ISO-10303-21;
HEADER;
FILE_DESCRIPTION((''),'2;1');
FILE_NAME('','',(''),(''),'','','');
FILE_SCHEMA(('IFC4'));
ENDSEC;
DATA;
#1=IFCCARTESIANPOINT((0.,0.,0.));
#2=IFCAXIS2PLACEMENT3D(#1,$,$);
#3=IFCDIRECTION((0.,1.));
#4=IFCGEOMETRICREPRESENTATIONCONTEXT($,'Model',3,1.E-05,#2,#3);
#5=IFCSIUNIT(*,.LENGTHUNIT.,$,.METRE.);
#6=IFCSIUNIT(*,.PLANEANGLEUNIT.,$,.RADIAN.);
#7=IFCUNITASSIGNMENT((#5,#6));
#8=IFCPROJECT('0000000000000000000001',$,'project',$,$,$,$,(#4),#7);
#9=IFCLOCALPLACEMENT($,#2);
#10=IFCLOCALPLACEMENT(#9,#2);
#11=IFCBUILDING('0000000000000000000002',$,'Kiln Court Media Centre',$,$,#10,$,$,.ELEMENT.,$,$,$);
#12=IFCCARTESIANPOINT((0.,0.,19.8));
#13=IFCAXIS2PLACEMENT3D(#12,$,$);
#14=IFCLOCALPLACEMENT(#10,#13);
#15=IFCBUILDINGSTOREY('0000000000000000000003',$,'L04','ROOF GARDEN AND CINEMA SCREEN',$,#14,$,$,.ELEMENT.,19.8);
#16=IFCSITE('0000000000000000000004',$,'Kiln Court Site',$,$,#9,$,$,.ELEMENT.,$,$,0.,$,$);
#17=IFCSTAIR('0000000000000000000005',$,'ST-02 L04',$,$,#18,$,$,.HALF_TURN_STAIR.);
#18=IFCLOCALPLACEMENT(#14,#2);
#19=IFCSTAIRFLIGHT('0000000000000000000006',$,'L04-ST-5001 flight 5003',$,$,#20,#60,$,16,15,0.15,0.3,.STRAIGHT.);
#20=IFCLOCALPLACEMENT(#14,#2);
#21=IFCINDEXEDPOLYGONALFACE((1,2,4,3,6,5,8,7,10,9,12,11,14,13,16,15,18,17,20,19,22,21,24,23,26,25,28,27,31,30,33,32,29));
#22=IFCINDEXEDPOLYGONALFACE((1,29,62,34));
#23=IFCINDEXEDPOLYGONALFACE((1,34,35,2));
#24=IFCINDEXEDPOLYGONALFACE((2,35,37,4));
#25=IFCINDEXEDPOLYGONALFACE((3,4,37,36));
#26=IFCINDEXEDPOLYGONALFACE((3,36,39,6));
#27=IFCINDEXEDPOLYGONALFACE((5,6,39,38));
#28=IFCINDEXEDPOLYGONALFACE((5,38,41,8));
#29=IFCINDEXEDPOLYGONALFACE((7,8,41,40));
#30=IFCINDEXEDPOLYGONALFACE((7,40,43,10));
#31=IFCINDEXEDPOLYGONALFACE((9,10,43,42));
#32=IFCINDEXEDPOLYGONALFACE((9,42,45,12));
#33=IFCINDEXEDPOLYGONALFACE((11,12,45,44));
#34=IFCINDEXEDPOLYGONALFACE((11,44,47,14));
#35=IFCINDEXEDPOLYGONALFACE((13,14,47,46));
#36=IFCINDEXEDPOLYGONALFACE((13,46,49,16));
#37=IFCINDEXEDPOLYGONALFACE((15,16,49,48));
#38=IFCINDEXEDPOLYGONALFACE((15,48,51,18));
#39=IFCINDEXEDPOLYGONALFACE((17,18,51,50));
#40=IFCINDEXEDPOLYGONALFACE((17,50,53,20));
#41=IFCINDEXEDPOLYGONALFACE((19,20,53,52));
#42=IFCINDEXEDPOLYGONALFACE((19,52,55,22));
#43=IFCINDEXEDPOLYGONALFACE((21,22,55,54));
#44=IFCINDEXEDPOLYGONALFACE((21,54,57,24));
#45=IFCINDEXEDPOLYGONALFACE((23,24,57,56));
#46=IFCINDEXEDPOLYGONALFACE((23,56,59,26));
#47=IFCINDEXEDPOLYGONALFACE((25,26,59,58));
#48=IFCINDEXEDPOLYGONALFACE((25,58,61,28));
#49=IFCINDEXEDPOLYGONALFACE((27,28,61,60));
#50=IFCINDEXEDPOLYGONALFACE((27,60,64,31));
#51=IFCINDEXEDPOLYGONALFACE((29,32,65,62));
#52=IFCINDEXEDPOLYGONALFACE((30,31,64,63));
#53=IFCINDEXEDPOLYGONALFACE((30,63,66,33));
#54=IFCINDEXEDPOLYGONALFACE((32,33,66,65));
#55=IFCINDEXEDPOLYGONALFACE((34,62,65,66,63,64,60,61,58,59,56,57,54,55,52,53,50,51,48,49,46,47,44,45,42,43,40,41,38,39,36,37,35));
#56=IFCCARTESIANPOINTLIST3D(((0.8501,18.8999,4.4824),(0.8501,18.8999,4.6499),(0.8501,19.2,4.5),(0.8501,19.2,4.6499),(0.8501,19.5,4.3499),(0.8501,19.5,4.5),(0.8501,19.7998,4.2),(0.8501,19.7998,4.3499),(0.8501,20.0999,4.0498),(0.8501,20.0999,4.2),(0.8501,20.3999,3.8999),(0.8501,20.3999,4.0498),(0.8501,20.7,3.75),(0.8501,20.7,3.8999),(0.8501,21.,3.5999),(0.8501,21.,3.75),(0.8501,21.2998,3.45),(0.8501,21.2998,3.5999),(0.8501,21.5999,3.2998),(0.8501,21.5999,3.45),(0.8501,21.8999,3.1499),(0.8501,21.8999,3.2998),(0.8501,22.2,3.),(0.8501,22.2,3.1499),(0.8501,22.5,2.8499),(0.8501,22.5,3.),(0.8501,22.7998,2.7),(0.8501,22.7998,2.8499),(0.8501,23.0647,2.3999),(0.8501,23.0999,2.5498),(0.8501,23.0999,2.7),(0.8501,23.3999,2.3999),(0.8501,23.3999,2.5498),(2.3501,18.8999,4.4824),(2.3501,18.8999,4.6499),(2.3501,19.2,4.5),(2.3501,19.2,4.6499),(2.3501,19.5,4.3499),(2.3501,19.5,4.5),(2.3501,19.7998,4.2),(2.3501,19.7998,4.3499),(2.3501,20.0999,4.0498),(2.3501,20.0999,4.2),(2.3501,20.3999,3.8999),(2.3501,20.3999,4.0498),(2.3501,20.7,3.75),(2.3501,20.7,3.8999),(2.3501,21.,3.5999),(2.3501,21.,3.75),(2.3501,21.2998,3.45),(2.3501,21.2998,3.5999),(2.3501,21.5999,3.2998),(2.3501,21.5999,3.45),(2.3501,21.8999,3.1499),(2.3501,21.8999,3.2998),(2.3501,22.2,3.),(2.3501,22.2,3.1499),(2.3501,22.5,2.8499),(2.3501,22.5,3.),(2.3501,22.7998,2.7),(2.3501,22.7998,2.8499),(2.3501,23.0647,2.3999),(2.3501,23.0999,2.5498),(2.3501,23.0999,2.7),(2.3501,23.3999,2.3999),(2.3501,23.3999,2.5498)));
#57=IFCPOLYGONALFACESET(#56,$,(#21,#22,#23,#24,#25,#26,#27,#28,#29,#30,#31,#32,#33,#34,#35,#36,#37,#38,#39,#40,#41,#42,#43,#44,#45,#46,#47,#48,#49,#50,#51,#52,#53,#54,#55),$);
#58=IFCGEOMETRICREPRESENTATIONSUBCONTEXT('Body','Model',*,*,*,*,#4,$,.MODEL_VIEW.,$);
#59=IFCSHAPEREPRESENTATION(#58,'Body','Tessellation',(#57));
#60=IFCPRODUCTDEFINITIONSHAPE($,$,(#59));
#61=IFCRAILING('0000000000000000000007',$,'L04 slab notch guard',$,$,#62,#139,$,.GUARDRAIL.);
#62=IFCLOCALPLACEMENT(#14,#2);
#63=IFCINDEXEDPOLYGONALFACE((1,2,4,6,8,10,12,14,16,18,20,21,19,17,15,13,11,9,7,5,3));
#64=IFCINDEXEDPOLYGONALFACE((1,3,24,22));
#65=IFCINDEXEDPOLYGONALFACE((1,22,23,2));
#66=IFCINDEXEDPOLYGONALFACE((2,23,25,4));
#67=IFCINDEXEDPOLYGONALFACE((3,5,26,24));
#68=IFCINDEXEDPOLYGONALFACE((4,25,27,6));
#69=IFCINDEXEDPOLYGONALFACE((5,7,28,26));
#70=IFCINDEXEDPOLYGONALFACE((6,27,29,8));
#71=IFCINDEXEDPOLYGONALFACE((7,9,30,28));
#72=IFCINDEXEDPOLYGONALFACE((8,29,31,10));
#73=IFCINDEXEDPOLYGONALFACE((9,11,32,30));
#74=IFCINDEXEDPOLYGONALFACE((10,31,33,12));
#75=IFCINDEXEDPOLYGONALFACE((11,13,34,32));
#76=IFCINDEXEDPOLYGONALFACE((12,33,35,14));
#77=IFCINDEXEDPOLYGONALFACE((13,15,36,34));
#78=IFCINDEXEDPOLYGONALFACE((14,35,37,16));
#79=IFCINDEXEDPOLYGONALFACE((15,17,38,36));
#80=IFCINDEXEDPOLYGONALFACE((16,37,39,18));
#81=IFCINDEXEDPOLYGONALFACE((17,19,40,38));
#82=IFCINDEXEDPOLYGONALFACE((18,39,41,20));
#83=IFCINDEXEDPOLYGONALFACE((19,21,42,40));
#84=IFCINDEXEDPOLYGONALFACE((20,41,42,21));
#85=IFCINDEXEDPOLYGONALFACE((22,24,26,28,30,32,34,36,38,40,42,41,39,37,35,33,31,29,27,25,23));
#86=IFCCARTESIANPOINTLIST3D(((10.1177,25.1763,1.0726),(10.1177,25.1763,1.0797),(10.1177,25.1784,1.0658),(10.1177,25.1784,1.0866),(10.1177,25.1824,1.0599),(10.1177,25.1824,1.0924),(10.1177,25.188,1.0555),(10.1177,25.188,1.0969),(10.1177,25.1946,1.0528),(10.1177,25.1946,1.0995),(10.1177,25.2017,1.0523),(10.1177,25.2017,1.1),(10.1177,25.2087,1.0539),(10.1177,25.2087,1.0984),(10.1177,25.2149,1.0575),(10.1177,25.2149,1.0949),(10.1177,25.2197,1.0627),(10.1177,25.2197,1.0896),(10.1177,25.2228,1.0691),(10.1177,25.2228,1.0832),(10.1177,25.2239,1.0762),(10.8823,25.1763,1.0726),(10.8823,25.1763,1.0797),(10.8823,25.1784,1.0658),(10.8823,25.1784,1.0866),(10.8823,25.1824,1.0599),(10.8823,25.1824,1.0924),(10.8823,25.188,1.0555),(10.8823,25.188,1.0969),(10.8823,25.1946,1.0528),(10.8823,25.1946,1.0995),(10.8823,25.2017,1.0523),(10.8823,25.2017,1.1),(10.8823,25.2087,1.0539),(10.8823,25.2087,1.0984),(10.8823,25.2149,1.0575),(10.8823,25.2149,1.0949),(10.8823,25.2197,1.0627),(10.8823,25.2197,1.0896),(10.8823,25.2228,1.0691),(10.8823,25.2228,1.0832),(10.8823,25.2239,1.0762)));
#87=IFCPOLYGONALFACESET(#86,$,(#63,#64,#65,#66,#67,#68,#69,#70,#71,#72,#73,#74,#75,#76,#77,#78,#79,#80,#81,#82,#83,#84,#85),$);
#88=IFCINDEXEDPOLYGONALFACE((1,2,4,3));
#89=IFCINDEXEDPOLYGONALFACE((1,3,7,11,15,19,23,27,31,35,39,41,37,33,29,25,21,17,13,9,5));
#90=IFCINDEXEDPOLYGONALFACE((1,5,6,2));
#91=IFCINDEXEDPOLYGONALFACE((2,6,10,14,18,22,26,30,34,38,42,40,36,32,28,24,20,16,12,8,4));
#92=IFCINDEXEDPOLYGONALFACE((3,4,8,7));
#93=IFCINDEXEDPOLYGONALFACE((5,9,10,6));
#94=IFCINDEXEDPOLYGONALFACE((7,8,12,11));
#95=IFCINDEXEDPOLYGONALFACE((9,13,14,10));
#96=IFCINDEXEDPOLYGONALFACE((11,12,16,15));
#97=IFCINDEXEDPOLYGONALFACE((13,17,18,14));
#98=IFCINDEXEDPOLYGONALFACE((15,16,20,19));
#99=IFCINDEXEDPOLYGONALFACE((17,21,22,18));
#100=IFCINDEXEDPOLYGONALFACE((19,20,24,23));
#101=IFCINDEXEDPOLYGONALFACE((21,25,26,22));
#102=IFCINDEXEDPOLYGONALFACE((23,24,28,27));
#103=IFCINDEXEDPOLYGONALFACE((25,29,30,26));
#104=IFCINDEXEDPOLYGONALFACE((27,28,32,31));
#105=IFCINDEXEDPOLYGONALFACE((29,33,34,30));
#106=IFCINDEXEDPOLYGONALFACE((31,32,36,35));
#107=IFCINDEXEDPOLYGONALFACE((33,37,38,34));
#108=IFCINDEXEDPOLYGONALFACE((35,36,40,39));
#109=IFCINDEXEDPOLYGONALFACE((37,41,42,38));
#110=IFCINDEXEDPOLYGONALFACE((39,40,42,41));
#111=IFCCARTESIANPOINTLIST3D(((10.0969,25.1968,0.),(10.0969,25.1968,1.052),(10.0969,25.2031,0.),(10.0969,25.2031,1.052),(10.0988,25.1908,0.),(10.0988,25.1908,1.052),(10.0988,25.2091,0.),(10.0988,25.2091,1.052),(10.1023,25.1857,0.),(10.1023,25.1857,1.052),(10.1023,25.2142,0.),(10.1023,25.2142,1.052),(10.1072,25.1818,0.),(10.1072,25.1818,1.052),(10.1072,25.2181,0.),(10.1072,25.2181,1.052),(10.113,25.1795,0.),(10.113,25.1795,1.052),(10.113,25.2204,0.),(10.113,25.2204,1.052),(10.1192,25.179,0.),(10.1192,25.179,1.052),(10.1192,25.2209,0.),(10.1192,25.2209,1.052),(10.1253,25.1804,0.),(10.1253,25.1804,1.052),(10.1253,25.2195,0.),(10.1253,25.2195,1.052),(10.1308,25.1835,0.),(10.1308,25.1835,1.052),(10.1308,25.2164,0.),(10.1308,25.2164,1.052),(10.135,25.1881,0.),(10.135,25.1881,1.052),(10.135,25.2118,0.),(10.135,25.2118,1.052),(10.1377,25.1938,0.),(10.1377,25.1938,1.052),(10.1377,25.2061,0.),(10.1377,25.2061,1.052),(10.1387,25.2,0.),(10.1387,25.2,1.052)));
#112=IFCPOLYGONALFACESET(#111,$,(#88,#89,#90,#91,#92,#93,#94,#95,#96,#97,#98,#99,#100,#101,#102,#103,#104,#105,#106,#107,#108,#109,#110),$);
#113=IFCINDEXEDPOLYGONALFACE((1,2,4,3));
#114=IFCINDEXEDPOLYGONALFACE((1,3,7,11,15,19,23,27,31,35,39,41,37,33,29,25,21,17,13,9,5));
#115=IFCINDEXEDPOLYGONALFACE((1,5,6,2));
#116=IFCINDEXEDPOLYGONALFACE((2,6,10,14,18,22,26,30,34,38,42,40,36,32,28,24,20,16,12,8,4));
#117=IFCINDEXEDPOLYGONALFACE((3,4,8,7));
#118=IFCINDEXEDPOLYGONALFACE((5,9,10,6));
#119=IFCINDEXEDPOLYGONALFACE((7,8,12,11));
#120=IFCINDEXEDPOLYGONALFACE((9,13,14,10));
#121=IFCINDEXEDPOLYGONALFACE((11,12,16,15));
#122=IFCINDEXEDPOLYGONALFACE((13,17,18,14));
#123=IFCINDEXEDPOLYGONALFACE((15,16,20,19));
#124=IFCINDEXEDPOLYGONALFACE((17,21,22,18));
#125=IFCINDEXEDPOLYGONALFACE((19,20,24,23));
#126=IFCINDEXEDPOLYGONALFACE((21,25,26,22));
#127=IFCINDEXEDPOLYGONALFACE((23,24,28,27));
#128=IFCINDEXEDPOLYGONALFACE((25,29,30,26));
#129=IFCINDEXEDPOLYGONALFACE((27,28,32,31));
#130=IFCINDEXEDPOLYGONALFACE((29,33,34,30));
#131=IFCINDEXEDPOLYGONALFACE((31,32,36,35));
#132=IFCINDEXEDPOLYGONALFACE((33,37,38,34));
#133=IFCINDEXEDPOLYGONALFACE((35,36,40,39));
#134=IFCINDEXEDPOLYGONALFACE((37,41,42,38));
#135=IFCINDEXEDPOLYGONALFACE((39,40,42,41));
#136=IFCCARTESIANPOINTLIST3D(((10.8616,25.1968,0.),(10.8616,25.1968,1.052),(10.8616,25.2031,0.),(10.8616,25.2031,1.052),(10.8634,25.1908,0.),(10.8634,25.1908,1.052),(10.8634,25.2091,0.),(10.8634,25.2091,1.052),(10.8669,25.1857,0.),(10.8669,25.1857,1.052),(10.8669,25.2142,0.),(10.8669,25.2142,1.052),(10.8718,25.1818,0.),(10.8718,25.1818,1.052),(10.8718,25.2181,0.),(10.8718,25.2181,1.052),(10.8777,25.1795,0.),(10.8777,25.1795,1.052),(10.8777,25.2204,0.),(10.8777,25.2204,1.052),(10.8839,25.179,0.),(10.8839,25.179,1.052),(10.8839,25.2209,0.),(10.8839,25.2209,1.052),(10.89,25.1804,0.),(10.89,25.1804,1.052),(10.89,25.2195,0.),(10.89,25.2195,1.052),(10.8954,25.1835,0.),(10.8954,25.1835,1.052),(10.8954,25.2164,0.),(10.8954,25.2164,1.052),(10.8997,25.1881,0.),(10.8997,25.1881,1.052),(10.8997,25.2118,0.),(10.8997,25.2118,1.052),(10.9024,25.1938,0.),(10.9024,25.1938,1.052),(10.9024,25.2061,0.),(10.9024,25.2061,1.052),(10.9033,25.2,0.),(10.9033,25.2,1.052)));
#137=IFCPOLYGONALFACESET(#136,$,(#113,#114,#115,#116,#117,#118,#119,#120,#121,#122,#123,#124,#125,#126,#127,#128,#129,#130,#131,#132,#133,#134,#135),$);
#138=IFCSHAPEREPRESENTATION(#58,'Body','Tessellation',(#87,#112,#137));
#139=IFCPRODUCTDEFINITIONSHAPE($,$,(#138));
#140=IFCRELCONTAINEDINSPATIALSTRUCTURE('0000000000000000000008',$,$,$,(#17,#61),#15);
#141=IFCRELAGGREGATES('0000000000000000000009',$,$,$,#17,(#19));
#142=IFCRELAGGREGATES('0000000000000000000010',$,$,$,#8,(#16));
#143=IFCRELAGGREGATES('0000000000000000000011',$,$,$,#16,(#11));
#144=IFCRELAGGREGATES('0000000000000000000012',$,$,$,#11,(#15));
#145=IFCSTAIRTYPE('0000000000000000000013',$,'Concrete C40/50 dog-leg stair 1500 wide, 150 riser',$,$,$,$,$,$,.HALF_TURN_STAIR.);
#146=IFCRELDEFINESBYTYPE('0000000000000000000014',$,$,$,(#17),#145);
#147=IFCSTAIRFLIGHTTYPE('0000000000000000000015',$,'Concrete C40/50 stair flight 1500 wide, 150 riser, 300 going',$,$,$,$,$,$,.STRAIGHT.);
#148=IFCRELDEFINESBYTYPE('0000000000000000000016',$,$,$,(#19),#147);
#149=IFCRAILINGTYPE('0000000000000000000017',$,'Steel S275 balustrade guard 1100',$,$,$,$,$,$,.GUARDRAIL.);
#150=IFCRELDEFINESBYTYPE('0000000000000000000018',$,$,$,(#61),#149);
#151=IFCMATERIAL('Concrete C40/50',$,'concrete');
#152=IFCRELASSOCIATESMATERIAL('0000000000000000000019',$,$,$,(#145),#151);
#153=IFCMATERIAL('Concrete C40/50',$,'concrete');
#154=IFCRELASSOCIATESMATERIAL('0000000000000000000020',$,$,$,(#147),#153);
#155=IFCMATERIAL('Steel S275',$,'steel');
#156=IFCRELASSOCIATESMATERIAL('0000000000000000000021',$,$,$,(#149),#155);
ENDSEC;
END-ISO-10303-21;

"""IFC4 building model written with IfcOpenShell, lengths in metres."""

from ifc_helpers import new_model, si_unit, direction, frame, origin, origin_2d, place, context, subcontext, project, spatial, polyline, circle, outline, extrude, material, type_object, element, aggregate, save


model = new_model("IFC4")

# Units and contexts
model_context = context("Model", 3, precision=1e-05, world=origin(), true_north=direction((0.0, 1.0)))
body_context = subcontext(model_context, "Body", "Model", "MODEL_VIEW")
ifc_project = project(units=[si_unit("LENGTHUNIT", "METRE"), si_unit("PLANEANGLEUNIT", "RADIAN")], contexts=[model_context])

# Site, building, storey
site_placement = place(None, origin())
site = spatial("IfcSite", under=ifc_project, at=site_placement, Name="Kiln Court Site", CompositionType="ELEMENT", RefElevation=0.0)
building_placement = place(site_placement, origin())
building = spatial("IfcBuilding", under=site, at=building_placement, Name="Kiln Court Media Centre", CompositionType="ELEMENT")
storey_placement = place(building_placement, frame((0.0, 0.0, 19.8)))
storey = spatial("IfcBuildingStorey", under=building, at=storey_placement, Name="L04", Description="ROOF GARDEN AND CINEMA SCREEN", CompositionType="ELEMENT", Elevation=19.8)

# Stair, stair flight
ifc_material_1 = material(Name="Concrete C40/50", Category="concrete")
stair_type = type_object("IfcStairType", Name="Concrete C40/50 dog-leg stair 1500 wide, 150 riser", PredefinedType="HALF_TURN_STAIR", material=ifc_material_1)
stair_placement = place(storey_placement, origin())
stair = element("IfcStair", 1, at=stair_placement, inside=storey, type_object=stair_type, Name="ST-02 L04", PredefinedType="HALF_TURN_STAIR")
ifc_material_2 = material(Name="Concrete C40/50", Category="concrete")
stair_flight_type = type_object("IfcStairFlightType", Name="Concrete C40/50 stair flight 1500 wide, 150 riser, 300 going", PredefinedType="STRAIGHT", material=ifc_material_2)
stair_flight_1_placement = place(storey_placement, frame((1.6001, 23.3999, 2.3999), z_axis=(0.0, 0.0, 1.0), x_axis=(0.0, -1.0, 0.0)))
stair_flight_1 = element("IfcStairFlight", 2, at=stair_flight_1_placement, type_object=stair_flight_type, Name="L04-ST-5001 flight 5003", NumberOfRisers=16, NumberOfTreads=15, PredefinedType="STRAIGHT", RiserHeight=0.15, TreadLength=0.3, context=body_context, shape_type="SweptSolid", body=[
    extrude(outline(polyline([(0.0, 0.0), (0.0, 0.1499), (0.3, 0.1499), (0.3, 0.3), (0.6001, 0.3), (0.6001, 0.45), (0.8999, 0.45), (0.8999, 0.6001), (1.2, 0.6001), (1.2, 0.75), (1.5, 0.75), (1.5, 0.8999), (1.8, 0.8999), (1.8, 1.05), (2.1001, 1.05), (2.1001, 1.2), (2.3999, 1.2), (2.3999, 1.3501), (2.7, 1.3501), (2.7, 1.5), (3.0, 1.5), (3.0, 1.6499), (3.3, 1.6499), (3.3, 1.8), (3.6001, 1.8), (3.6001, 1.95), (3.8999, 1.95), (3.8999, 2.1001), (4.2, 2.1001), (4.2, 2.25), (4.5, 2.25), (4.5, 2.3999), (4.5, 2.0825), (0.3352, 0.0), (0.0, 0.0)])), frame((0.0, 0.75, 0.0), z_axis=(0.0, -1.0, 0.0), x_axis=(1.0, 0.0, 0.0)), (0.0, 0.0, 1.0), 1.5),
])
aggregate(stair, [stair_flight_1])

# Railing
ifc_material_3 = material(Name="Steel S275", Category="steel")
railing_type_1 = type_object("IfcRailingType", Name="Steel S275 balustrade guard 1100", PredefinedType="GUARDRAIL", material=ifc_material_3)
railing_1_placement = place(storey_placement, frame((10.1177, 25.2, 0.0)))
element("IfcRailing", 3, at=railing_1_placement, inside=storey, type_object=railing_type_1, Name="L04 slab notch guard", PredefinedType="GUARDRAIL", context=body_context, shape_type="SweptSolid", body=[
    extrude(circle(Radius=0.0239, at=origin_2d()), frame((0.0, 0.0, 1.0762), z_axis=(1.0, 0.0, 0.0), x_axis=(0.0, 1.0, 0.0)), (0.0, 0.0, 1.0), 0.7646),
    extrude(circle(Radius=0.021, at=origin_2d()), origin(), (0.0, 0.0, 1.0), 1.052),
    extrude(circle(Radius=0.021, at=origin_2d()), frame((0.7646, 0.0, 0.0)), (0.0, 0.0, 1.0), 1.052),
])

save(model, "model.ifc")
